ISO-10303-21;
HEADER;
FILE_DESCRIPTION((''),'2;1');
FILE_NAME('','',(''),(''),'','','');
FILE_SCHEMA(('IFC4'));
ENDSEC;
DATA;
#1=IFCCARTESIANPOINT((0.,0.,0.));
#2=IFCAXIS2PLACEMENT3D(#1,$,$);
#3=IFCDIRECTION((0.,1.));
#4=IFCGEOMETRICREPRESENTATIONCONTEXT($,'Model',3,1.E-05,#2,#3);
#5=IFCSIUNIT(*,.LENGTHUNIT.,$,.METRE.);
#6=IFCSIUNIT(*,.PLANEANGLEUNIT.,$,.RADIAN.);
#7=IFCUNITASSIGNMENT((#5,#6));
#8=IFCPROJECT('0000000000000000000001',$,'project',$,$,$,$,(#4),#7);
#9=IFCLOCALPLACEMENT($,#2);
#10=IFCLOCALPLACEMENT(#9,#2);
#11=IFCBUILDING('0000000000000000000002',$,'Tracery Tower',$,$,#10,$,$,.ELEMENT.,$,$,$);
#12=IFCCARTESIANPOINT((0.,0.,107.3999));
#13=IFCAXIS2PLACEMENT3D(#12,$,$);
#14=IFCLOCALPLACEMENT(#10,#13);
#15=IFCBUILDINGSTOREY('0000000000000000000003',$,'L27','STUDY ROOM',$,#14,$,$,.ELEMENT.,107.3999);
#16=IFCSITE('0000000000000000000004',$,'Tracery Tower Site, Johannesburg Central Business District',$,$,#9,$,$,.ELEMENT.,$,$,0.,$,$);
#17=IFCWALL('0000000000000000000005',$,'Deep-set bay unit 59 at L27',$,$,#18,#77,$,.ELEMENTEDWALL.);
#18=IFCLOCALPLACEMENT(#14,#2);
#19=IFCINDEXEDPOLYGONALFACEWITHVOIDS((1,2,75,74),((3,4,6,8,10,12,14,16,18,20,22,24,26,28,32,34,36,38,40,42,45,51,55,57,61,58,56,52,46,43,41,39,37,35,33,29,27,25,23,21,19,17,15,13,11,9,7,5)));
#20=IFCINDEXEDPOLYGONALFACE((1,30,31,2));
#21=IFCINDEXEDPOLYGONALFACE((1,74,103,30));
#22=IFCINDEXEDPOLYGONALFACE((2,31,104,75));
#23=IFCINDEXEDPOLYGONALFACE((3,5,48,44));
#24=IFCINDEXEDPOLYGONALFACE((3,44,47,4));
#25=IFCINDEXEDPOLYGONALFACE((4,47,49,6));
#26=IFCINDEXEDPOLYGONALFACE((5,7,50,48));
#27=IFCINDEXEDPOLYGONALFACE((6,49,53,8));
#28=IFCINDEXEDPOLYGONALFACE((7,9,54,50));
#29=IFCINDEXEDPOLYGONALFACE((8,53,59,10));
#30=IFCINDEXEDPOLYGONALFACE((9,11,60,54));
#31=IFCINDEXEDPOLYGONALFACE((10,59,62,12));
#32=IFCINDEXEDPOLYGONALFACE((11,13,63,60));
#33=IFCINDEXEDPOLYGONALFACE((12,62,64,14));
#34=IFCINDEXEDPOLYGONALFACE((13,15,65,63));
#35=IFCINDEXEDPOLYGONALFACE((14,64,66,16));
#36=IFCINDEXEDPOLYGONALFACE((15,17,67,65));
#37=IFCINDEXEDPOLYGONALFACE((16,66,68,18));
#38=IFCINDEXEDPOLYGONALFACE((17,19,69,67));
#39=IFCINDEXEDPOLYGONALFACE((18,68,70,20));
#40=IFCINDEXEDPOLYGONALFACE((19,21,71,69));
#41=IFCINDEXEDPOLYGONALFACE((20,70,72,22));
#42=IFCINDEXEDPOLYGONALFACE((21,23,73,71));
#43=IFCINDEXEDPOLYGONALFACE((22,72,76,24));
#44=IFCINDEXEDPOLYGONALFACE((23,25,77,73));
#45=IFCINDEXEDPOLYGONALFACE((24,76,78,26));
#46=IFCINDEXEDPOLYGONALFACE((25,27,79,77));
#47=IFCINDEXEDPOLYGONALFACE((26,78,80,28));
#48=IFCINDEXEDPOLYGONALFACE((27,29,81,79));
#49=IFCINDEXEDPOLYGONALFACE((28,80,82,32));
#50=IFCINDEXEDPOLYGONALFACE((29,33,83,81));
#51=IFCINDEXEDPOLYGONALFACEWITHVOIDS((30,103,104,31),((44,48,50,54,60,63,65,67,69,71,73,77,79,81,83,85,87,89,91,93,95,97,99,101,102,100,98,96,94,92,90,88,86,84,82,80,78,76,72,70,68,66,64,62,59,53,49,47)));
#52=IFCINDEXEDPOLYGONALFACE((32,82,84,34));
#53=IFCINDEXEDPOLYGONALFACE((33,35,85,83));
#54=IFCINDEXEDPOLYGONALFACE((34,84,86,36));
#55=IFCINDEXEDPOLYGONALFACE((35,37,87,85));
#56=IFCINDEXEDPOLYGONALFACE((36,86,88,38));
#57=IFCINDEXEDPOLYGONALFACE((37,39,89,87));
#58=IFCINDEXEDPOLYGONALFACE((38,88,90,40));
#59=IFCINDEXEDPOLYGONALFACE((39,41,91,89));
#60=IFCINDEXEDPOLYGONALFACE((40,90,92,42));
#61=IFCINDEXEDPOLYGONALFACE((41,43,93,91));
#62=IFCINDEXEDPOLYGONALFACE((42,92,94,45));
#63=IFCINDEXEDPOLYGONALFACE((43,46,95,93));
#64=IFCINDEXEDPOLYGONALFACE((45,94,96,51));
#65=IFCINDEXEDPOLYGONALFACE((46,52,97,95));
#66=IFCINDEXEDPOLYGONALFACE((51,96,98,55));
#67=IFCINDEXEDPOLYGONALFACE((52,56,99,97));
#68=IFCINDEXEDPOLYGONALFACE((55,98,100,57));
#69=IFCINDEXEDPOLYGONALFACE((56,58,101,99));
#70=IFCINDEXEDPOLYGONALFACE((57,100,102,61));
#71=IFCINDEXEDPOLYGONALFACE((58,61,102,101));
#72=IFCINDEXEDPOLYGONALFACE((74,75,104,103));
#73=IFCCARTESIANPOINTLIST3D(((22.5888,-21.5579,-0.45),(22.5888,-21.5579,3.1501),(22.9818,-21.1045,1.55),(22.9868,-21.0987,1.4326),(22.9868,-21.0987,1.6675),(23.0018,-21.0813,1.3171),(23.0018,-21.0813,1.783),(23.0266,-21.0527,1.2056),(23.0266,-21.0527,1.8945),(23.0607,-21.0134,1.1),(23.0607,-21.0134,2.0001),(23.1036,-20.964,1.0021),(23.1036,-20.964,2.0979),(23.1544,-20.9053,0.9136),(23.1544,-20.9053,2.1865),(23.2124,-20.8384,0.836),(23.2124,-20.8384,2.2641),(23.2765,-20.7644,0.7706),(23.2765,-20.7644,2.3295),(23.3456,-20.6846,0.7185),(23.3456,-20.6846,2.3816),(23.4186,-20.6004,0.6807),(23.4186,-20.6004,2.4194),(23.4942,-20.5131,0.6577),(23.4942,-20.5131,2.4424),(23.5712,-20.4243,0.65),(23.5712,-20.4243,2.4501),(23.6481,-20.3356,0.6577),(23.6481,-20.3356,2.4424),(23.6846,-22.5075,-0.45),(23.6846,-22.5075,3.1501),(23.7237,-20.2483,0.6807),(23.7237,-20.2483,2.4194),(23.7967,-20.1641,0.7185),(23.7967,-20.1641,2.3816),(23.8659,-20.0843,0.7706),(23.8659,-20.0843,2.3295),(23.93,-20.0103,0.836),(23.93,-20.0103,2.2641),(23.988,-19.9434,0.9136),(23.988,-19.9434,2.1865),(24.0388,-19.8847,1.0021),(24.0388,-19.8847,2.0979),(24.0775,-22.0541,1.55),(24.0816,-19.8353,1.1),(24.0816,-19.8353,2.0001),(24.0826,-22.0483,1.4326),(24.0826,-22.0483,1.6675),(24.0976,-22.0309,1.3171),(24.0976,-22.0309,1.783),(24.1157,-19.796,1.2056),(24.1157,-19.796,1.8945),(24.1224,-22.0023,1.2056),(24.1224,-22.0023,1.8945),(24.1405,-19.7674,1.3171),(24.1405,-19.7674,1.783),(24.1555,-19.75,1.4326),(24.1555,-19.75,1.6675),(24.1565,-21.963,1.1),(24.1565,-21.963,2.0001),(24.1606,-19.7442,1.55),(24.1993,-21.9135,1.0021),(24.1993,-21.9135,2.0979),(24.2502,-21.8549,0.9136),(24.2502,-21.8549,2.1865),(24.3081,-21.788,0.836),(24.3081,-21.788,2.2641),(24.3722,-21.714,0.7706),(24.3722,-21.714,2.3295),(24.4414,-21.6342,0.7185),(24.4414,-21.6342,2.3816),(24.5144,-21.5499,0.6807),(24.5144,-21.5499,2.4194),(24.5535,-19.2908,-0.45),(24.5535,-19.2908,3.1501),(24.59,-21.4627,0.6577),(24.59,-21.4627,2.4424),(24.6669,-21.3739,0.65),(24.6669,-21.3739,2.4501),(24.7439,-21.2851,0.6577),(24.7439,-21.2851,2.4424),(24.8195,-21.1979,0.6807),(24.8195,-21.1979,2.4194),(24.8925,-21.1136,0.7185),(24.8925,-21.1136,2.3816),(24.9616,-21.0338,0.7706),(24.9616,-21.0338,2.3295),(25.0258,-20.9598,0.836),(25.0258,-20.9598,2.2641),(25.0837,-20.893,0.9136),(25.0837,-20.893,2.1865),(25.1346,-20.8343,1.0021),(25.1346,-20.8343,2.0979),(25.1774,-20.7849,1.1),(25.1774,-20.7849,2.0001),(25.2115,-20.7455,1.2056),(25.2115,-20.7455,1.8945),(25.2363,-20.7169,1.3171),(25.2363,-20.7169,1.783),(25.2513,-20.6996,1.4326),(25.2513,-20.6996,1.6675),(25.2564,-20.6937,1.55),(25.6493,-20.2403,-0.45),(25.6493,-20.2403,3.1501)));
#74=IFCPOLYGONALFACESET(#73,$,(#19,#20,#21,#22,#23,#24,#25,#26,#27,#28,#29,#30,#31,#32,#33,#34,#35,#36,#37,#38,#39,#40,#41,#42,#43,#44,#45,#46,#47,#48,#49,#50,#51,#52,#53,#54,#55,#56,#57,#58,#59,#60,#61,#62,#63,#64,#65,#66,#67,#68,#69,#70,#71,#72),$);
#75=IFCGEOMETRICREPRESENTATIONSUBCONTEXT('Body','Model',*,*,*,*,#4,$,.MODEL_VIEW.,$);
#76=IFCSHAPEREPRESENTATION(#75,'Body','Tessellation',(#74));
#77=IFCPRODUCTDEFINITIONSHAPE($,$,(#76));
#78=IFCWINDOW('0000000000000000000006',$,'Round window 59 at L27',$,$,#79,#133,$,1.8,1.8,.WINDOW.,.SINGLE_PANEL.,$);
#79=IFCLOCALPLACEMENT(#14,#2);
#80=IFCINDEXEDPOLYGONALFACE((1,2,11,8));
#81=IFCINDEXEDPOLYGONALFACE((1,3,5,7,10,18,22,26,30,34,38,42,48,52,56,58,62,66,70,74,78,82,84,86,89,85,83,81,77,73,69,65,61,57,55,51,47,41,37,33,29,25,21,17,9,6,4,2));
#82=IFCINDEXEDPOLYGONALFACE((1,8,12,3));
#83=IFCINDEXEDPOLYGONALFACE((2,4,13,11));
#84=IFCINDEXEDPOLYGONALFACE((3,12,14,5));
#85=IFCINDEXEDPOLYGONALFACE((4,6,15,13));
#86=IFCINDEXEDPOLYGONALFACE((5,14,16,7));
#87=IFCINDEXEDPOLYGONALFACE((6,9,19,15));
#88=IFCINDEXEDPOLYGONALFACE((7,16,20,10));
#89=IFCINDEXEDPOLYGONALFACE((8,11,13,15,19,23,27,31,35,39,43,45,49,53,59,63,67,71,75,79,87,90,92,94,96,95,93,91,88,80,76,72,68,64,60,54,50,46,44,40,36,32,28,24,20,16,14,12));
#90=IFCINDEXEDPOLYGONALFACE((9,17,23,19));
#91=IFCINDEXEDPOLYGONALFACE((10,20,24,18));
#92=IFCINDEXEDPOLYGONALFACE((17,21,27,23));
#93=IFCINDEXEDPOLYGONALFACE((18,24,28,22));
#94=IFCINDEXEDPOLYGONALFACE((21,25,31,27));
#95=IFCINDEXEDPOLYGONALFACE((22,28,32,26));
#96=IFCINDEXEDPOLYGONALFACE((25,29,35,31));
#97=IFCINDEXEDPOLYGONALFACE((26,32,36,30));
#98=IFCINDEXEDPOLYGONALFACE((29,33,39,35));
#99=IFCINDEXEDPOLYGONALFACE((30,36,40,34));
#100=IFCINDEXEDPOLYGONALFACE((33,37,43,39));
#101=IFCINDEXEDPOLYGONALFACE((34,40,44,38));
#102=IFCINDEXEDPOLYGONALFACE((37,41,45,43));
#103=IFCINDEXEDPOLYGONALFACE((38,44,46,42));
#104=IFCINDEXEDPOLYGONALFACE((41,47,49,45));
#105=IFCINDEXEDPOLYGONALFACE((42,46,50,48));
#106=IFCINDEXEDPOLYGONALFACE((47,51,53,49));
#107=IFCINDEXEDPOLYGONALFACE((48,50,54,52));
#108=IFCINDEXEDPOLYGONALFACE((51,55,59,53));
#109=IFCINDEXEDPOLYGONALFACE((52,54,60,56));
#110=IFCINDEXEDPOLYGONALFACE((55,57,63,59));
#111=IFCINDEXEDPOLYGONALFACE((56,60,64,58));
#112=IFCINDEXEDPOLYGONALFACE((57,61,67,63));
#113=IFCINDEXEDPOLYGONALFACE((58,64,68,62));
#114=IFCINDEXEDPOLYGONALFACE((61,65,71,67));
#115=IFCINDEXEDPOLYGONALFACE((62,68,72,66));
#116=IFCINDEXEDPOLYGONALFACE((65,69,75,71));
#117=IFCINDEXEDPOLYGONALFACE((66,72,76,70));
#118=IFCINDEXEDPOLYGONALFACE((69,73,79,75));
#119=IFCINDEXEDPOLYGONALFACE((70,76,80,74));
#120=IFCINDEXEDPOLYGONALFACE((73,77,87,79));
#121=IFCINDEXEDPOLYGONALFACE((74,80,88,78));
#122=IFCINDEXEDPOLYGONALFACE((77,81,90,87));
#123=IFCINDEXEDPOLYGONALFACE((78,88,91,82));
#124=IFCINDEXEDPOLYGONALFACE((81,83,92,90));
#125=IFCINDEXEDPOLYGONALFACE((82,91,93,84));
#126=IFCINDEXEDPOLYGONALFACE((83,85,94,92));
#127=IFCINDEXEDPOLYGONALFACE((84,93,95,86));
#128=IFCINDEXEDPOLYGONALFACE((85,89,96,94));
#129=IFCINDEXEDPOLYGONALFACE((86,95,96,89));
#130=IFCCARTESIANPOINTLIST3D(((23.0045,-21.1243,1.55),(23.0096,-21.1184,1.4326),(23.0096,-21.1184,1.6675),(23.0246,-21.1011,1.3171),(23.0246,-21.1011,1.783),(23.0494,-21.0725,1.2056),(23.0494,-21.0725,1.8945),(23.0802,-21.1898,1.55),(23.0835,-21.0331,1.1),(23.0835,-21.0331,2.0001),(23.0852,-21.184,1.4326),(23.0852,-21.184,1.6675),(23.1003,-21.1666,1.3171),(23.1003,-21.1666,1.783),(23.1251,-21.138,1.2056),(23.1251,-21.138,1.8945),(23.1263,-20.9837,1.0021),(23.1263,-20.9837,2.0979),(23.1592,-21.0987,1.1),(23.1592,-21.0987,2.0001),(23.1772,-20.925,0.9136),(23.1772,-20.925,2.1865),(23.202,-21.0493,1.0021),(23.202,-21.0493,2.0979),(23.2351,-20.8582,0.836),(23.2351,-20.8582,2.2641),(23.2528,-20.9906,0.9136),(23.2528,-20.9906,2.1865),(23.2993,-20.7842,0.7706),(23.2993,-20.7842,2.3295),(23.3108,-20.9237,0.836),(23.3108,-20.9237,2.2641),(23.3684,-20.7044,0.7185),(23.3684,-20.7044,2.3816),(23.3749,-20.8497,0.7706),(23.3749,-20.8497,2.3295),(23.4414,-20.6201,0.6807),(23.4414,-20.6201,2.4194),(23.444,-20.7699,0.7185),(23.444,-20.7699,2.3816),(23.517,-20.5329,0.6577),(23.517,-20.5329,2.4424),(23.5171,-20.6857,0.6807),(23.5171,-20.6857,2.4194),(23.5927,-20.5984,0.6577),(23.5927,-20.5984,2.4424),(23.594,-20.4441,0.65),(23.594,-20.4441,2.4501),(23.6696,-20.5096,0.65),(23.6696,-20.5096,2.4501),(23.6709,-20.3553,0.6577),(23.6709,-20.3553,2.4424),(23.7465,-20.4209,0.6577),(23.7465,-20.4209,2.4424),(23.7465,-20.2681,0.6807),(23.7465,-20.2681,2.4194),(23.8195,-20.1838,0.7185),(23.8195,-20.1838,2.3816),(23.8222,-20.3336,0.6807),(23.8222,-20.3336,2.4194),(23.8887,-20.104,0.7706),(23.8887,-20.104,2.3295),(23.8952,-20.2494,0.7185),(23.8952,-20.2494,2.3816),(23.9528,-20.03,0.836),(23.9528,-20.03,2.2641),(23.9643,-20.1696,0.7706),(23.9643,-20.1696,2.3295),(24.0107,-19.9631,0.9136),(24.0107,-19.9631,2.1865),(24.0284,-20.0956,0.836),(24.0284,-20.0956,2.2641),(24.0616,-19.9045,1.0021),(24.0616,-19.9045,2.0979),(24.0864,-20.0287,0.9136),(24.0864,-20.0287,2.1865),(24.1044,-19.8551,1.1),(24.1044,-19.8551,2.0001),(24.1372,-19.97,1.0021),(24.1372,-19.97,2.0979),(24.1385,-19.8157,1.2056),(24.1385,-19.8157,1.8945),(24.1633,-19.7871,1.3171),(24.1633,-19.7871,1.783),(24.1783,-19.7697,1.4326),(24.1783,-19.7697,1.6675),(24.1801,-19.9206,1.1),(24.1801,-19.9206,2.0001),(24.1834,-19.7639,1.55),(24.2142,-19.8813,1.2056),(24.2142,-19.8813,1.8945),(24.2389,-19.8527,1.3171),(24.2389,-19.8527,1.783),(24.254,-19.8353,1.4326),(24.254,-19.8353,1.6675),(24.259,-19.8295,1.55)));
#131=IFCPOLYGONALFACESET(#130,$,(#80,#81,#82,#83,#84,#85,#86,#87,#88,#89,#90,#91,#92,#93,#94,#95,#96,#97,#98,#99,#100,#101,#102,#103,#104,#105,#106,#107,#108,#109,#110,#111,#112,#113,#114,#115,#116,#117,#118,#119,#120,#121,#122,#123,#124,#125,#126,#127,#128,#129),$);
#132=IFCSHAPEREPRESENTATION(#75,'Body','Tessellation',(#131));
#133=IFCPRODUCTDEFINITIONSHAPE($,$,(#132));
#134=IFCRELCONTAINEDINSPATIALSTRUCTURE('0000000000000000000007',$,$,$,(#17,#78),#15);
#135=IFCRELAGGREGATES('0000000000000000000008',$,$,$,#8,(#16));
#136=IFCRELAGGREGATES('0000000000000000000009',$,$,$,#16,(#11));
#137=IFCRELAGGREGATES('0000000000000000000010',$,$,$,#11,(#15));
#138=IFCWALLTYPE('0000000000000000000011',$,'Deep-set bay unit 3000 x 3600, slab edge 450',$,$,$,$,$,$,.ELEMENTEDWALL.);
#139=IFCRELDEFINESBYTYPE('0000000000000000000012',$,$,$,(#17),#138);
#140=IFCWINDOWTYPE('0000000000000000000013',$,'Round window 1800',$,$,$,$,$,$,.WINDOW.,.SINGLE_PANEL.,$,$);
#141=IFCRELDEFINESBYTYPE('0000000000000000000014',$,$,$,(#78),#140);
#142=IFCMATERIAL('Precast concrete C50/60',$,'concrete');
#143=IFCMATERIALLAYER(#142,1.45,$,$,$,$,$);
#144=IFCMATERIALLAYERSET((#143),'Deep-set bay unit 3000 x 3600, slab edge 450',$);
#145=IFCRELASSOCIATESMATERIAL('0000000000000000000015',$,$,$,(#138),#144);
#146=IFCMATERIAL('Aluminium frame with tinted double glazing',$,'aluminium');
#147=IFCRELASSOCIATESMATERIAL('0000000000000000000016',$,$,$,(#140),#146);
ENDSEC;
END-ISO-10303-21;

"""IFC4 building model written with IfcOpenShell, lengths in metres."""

from ifc_helpers import new_model, si_unit, direction, frame, frame_2d, origin, origin_2d, place, context, subcontext, project, spatial, rectangle, circle, extrude, material, layer, layer_set, type_object, element, fill, save


model = new_model("IFC4")

# Units and contexts
model_context = context("Model", 3, precision=1e-05, world=origin(), true_north=direction((0.0, 1.0)))
body_context = subcontext(model_context, "Body", "Model", "MODEL_VIEW")
ifc_project = project(units=[si_unit("LENGTHUNIT", "METRE"), si_unit("PLANEANGLEUNIT", "RADIAN")], contexts=[model_context])

# Site, building, storey
site_placement = place(None, origin())
site = spatial("IfcSite", under=ifc_project, at=site_placement, Name="Tracery Tower Site, Johannesburg Central Business District", CompositionType="ELEMENT", RefElevation=0.0)
building_placement = place(site_placement, origin())
building = spatial("IfcBuilding", under=site, at=building_placement, Name="Tracery Tower", CompositionType="ELEMENT")
storey_placement = place(building_placement, frame((0.0, 0.0, 107.3999)))
storey = spatial("IfcBuildingStorey", under=building, at=storey_placement, Name="L27", Description="STUDY ROOM", CompositionType="ELEMENT", Elevation=107.3999)

# Wall, opening, window
ifc_material_1 = material(Name="Precast concrete C50/60", Category="concrete")
ifc_layer_1 = layer(ifc_material_1, 1.45)
ifc_layer_set_1 = layer_set([ifc_layer_1], Name="Deep-set bay unit 3000 x 3600, slab edge 450")
wall_type_1 = type_object("IfcWallType", Name="Deep-set bay unit 3000 x 3600, slab edge 450", PredefinedType="ELEMENTEDWALL", material=ifc_layer_set_1)
ifc_material_2 = material(Name="Aluminium frame with tinted double glazing", Category="aluminium")
window_type = type_object("IfcWindowType", Name="Round window 1800", PartitioningType="SINGLE_PANEL", PredefinedType="WINDOW", material=ifc_material_2)
wall_1_placement = place(storey_placement, frame((23.1367, -22.0327, -0.45), z_axis=(0.0, 0.0, 1.0), x_axis=(0.65489, 0.755724, 0.0)))
wall_1 = element("IfcWall", 1, at=wall_1_placement, inside=storey, type_object=wall_type_1, Name="Deep-set bay unit 59 at L27", PredefinedType="ELEMENTEDWALL", context=body_context, shape_type="SweptSolid", body=[
    extrude(rectangle(XDim=3.0, YDim=1.45, at=frame_2d((1.5, 0.0))), origin(), (0.0, 0.0, 1.0), 3.6001),
])
opening_1_placement = place(wall_1_placement, frame((1.5, 0.0, 2.0)))
opening_1 = element("IfcOpeningElement", 2, at=opening_1_placement, cuts=wall_1, PredefinedType="OPENING", context=body_context, shape_type="SweptSolid", body=[
    extrude(circle(Radius=0.9, at=origin_2d()), frame((0.0, 0.7349, 0.0), z_axis=(0.0, -1.0, 0.0), x_axis=(1.0, 0.0, 0.0)), (0.0, 0.0, 1.0), 1.47),
])
window_1_placement = place(opening_1_placement, origin())
window_1 = element("IfcWindow", 3, at=window_1_placement, inside=storey, type_object=window_type, Name="Round window 59 at L27", OverallHeight=1.8, OverallWidth=1.8, PartitioningType="SINGLE_PANEL", PredefinedType="WINDOW", context=body_context, shape_type="SweptSolid", body=[
    extrude(circle(Radius=0.9, at=origin_2d()), frame((0.0, 0.6948, 0.0), z_axis=(0.0, -1.0, 0.0), x_axis=(1.0, 0.0, 0.0)), (0.0, 0.0, 1.0), 0.1001),
])
fill(opening_1, window_1)

save(model, "model.ifc")
